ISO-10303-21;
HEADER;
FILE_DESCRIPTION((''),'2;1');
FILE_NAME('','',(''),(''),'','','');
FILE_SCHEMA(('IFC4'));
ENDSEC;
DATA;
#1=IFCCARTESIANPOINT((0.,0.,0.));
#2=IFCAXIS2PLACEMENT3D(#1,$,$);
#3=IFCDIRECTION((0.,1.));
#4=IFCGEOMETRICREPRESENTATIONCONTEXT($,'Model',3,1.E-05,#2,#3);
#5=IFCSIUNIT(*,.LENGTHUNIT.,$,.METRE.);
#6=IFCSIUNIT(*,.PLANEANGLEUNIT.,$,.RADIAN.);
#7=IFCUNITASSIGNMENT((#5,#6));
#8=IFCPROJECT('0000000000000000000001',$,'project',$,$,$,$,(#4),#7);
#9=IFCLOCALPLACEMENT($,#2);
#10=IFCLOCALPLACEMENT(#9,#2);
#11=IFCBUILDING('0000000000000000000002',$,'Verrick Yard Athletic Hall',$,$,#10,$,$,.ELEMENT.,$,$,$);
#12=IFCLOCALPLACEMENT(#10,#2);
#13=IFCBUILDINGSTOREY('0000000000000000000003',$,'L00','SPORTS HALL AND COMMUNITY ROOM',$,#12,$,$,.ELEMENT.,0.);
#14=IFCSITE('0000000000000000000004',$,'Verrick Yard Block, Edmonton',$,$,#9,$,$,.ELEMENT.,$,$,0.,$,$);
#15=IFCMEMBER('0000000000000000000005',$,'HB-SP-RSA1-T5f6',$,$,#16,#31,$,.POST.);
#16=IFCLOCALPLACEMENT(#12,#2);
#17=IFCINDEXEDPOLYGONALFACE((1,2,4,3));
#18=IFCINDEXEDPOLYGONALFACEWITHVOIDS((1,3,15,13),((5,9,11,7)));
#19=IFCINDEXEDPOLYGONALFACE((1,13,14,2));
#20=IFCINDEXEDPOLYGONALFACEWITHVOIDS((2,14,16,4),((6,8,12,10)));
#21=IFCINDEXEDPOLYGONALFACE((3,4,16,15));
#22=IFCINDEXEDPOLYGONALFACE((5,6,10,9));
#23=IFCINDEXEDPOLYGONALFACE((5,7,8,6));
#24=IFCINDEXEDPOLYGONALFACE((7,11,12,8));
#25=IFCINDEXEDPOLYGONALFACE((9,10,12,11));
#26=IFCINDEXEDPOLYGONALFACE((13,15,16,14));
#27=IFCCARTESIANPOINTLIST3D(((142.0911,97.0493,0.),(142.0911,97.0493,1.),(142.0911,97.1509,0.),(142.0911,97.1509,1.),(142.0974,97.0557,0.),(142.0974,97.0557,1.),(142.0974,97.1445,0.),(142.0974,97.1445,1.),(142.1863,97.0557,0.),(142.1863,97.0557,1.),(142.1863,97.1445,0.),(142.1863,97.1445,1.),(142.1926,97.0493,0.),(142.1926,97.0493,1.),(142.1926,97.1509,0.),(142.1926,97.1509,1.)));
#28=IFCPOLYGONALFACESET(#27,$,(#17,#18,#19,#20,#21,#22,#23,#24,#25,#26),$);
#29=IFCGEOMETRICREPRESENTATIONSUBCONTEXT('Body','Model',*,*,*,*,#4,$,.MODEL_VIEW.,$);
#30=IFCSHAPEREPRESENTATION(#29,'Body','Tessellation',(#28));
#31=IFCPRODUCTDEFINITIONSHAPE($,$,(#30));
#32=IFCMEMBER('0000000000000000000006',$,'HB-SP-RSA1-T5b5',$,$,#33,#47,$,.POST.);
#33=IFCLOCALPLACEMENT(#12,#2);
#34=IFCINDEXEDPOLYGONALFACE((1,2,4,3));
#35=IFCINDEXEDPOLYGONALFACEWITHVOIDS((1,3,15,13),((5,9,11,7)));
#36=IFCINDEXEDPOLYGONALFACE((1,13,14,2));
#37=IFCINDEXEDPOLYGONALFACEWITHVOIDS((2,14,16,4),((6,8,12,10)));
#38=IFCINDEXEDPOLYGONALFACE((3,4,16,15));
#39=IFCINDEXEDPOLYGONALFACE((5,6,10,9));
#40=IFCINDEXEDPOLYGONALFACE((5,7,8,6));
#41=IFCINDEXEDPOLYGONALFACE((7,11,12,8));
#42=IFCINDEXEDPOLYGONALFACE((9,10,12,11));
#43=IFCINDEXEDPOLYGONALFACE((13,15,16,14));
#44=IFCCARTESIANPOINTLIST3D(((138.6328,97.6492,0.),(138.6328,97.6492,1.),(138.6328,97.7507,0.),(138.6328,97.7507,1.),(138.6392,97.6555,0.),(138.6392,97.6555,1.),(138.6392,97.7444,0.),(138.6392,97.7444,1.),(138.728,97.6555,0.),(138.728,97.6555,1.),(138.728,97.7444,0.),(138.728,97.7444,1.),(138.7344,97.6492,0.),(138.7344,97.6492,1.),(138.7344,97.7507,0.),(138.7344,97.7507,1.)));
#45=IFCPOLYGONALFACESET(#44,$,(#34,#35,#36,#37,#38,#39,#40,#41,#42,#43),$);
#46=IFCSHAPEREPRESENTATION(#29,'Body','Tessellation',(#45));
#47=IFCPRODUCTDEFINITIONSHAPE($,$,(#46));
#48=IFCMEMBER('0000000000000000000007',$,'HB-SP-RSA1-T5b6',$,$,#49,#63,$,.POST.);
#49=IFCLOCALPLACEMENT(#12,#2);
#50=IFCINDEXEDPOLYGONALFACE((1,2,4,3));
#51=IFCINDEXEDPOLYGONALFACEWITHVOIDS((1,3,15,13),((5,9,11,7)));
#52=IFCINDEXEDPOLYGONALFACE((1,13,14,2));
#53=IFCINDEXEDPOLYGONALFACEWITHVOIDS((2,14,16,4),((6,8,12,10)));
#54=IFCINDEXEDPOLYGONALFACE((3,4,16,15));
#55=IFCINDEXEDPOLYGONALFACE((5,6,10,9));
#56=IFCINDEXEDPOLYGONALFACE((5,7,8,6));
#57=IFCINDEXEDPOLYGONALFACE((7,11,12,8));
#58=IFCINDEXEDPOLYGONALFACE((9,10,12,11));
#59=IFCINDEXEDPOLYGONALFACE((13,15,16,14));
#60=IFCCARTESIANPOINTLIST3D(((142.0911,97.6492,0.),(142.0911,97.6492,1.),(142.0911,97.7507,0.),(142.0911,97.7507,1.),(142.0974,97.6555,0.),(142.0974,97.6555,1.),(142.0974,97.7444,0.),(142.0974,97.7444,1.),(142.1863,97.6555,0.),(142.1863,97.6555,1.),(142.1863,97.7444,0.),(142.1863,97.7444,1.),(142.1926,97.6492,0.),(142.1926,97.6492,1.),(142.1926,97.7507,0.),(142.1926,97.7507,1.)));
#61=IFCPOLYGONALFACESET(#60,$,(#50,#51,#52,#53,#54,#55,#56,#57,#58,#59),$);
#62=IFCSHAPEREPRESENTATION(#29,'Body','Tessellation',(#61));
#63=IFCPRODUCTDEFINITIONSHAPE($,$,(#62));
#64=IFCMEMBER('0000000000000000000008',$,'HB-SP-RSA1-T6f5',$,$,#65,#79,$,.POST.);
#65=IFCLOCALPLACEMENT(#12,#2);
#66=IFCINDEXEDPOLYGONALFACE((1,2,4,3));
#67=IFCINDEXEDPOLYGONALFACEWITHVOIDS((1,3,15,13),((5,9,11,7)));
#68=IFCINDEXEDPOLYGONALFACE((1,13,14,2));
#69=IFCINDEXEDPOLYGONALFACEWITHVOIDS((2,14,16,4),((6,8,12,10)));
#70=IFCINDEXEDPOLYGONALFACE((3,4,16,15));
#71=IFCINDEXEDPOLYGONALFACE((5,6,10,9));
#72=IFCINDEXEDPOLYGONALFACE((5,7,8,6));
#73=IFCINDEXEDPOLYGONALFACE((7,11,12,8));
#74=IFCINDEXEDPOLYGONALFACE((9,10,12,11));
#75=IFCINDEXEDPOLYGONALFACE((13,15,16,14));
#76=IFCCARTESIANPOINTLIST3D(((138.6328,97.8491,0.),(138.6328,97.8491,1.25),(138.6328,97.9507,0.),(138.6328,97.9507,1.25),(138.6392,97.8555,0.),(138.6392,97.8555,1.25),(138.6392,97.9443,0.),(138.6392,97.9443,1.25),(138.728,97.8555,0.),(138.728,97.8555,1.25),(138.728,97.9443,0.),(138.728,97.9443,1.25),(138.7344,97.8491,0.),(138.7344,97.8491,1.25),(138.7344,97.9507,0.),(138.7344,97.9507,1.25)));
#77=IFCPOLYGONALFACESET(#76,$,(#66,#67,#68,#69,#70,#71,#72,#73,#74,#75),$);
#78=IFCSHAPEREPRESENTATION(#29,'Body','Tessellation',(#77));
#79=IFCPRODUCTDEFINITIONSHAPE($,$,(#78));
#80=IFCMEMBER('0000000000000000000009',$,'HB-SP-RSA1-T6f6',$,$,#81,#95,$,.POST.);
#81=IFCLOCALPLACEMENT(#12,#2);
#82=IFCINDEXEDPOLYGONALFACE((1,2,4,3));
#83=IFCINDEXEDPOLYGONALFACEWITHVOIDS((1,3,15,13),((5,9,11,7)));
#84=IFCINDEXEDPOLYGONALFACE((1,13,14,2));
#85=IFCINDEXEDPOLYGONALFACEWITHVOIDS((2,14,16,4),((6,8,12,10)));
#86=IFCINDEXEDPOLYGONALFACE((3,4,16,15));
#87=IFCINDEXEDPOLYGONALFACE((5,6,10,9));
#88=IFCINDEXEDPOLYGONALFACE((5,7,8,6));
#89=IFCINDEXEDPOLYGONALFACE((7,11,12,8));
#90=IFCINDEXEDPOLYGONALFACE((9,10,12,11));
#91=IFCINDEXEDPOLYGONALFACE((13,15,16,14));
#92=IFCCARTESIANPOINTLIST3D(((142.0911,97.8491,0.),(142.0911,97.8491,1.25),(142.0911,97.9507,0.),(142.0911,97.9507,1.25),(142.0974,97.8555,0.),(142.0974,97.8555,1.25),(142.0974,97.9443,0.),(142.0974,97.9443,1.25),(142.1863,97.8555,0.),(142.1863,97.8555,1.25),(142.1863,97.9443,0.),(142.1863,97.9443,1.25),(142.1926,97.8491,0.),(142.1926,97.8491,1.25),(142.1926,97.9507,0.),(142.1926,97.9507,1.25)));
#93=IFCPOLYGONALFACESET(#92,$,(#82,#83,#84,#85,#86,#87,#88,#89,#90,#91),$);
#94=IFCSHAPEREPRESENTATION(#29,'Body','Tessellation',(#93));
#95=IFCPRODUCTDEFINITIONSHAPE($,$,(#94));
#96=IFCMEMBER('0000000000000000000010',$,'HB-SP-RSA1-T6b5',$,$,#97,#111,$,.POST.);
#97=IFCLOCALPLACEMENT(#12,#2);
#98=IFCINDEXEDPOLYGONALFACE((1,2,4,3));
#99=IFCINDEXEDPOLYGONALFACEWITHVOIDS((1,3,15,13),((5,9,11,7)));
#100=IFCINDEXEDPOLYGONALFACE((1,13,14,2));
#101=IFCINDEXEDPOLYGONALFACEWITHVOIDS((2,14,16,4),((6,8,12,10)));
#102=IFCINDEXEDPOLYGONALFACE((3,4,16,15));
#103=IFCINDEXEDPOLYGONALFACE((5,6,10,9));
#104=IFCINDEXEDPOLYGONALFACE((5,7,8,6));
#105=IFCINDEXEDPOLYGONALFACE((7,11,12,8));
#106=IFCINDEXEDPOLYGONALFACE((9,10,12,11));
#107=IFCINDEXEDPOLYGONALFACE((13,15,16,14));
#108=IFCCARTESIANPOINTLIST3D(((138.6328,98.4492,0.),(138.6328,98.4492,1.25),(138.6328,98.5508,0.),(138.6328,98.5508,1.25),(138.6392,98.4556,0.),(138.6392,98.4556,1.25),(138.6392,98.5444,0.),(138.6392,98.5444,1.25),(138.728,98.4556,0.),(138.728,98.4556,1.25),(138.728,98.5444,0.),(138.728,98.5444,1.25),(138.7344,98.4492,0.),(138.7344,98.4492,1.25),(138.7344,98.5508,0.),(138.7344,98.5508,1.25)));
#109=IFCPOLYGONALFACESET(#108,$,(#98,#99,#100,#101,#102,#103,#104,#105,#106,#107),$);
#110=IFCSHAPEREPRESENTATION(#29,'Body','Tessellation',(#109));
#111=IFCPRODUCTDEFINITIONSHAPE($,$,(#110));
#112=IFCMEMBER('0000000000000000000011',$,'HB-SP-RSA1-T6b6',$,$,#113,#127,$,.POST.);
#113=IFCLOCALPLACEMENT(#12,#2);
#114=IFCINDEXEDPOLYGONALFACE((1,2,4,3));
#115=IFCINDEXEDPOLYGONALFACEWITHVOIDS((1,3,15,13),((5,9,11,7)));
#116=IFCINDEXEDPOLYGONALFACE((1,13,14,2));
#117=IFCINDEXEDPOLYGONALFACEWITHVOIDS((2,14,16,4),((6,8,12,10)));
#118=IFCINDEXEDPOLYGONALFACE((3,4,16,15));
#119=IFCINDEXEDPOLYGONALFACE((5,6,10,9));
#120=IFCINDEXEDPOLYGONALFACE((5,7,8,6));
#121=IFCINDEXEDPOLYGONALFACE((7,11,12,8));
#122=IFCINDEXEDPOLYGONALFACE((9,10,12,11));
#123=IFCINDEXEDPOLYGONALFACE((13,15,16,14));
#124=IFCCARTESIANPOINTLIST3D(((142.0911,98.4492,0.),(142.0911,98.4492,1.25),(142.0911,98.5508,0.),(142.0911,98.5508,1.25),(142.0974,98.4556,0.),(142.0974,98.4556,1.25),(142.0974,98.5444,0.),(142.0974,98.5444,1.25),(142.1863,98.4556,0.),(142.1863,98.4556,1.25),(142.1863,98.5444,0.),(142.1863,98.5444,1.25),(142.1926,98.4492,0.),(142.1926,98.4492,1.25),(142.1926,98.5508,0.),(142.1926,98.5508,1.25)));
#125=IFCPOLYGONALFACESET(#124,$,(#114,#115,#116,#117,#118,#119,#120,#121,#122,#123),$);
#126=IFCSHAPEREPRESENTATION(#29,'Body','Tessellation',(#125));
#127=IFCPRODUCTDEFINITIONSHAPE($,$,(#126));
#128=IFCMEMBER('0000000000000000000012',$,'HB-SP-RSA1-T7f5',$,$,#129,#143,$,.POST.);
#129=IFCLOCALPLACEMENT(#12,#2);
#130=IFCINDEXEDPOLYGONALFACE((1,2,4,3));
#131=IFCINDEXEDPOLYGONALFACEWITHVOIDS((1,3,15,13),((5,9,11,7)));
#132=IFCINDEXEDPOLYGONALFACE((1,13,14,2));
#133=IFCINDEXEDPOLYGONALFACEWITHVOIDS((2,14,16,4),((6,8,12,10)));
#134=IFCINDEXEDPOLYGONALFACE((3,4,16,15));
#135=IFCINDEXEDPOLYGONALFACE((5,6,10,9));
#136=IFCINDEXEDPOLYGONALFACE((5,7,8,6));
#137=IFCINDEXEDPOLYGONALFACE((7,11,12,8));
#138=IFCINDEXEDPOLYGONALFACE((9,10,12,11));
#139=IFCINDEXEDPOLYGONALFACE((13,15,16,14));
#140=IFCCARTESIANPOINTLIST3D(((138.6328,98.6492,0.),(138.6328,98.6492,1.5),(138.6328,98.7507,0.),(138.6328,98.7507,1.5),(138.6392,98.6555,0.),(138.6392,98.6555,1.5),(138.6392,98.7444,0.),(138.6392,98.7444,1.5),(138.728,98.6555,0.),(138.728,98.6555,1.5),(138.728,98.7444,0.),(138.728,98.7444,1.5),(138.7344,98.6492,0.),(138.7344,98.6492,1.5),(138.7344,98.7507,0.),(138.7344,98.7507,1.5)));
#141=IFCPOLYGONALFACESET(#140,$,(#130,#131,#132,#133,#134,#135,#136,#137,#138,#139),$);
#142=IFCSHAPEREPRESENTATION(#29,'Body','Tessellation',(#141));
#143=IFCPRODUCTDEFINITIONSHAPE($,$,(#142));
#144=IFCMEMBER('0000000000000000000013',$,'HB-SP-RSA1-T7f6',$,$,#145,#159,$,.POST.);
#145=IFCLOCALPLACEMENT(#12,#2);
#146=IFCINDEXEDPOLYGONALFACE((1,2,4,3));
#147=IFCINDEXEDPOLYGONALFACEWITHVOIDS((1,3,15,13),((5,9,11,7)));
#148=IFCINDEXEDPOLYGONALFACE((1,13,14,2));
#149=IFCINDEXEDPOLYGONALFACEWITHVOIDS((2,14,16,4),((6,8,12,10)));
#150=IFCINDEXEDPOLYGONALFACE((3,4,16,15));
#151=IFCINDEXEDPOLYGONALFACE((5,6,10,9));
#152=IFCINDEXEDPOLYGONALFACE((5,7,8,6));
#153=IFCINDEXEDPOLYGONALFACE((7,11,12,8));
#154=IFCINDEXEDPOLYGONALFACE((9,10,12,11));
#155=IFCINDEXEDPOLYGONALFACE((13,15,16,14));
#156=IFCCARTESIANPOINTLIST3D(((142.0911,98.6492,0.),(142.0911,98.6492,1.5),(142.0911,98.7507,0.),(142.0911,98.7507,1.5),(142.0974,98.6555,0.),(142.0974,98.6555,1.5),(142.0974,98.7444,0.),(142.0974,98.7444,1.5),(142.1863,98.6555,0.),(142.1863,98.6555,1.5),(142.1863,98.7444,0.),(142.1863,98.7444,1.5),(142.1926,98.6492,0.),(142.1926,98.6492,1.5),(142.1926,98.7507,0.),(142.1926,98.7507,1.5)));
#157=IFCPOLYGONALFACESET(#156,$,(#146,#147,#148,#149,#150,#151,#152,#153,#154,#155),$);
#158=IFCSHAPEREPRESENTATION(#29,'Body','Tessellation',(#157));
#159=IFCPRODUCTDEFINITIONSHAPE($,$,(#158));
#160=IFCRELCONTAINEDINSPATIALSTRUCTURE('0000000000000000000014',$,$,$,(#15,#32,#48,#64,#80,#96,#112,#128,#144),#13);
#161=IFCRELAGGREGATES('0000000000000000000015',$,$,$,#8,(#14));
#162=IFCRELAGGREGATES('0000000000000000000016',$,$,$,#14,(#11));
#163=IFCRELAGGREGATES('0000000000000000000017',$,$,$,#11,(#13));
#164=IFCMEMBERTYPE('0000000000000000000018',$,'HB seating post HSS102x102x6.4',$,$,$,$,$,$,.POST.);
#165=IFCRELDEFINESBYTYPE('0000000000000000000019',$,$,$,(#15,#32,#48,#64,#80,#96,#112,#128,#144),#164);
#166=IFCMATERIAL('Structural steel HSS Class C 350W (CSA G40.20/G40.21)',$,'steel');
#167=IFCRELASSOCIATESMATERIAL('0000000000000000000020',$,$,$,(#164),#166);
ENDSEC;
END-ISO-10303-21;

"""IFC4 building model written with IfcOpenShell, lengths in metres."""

from ifc_helpers import new_model, si_unit, direction, frame, origin, origin_2d, place, context, subcontext, project, spatial, hollow_rectangle, extrude, material, material_profile, profile_set, type_object, element, save


model = new_model("IFC4")

# Units and contexts
model_context = context("Model", 3, precision=1e-05, world=origin(), true_north=direction((0.0, 1.0)))
body_context = subcontext(model_context, "Body", "Model", "MODEL_VIEW")
ifc_project = project(units=[si_unit("LENGTHUNIT", "METRE"), si_unit("PLANEANGLEUNIT", "RADIAN")], contexts=[model_context])

# Site, building, storey
site_placement = place(None, origin())
site = spatial("IfcSite", under=ifc_project, at=site_placement, Name="Verrick Yard Block, Edmonton", CompositionType="ELEMENT", RefElevation=0.0)
building_placement = place(site_placement, origin())
building = spatial("IfcBuilding", under=site, at=building_placement, Name="Verrick Yard Athletic Hall", CompositionType="ELEMENT")
storey_placement = place(building_placement, origin())
storey = spatial("IfcBuildingStorey", under=building, at=storey_placement, Name="L00", Description="SPORTS HALL AND COMMUNITY ROOM", CompositionType="ELEMENT", Elevation=0.0)

# Members
ifc_material = material(Name="Structural steel HSS Class C 350W (CSA G40.20/G40.21)", Category="steel")
ifc_material_profile = material_profile(ifc_material, hollow_rectangle(XDim=0.1016, YDim=0.1016, WallThickness=0.0063, at=origin_2d()), Name="HSS102x102x6.4")
ifc_profile_set = profile_set([ifc_material_profile], Name="Structural steel HSS Class C 350W (CSA G40.20/G40.21)")
member_type = type_object("IfcMemberType", Name="HB seating post HSS102x102x6.4", PredefinedType="POST", material=ifc_profile_set)
for number, where, z_axis, x_axis, name in (
    (1, (142.1418, 97.1001, 0.0), (0.0, 0.0, 1.0), (0.0, 1.0, 0.0), "HB-SP-RSA1-T5f6"),
    (2, (138.6836, 97.7, 0.0), (0.0, 0.0, 1.0), (0.0, 1.0, 0.0), "HB-SP-RSA1-T5b5"),
    (3, (142.1418, 97.7, 0.0), (0.0, 0.0, 1.0), (0.0, 1.0, 0.0), "HB-SP-RSA1-T5b6"),
):
    element("IfcMember", number, at=place(storey_placement, frame(where, z_axis=z_axis, x_axis=x_axis)), inside=storey, type_object=member_type, Name=name, PredefinedType="POST", context=body_context, shape_type="SweptSolid", body=[
        extrude(hollow_rectangle(XDim=0.1016, YDim=0.1016, WallThickness=0.0063, at=origin_2d()), origin(), (0.0, 0.0, 1.0), 1.0),
    ])
for number, where, z_axis, x_axis, name in (
    (4, (138.6836, 97.8999, 0.0), (0.0, 0.0, 1.0), (0.0, 1.0, 0.0), "HB-SP-RSA1-T6f5"),
    (5, (142.1418, 97.8999, 0.0), (0.0, 0.0, 1.0), (0.0, 1.0, 0.0), "HB-SP-RSA1-T6f6"),
    (6, (138.6836, 98.5, 0.0), (0.0, 0.0, 1.0), (0.0, 1.0, 0.0), "HB-SP-RSA1-T6b5"),
    (7, (142.1418, 98.5, 0.0), (0.0, 0.0, 1.0), (0.0, 1.0, 0.0), "HB-SP-RSA1-T6b6"),
):
    element("IfcMember", number, at=place(storey_placement, frame(where, z_axis=z_axis, x_axis=x_axis)), inside=storey, type_object=member_type, Name=name, PredefinedType="POST", context=body_context, shape_type="SweptSolid", body=[
        extrude(hollow_rectangle(XDim=0.1016, YDim=0.1016, WallThickness=0.0063, at=origin_2d()), origin(), (0.0, 0.0, 1.0), 1.25),
    ])
for number, where, z_axis, x_axis, name in (
    (8, (138.6836, 98.7, 0.0), (0.0, 0.0, 1.0), (0.0, 1.0, 0.0), "HB-SP-RSA1-T7f5"),
    (9, (142.1418, 98.7, 0.0), (0.0, 0.0, 1.0), (0.0, 1.0, 0.0), "HB-SP-RSA1-T7f6"),
):
    element("IfcMember", number, at=place(storey_placement, frame(where, z_axis=z_axis, x_axis=x_axis)), inside=storey, type_object=member_type, Name=name, PredefinedType="POST", context=body_context, shape_type="SweptSolid", body=[
        extrude(hollow_rectangle(XDim=0.1016, YDim=0.1016, WallThickness=0.0063, at=origin_2d()), origin(), (0.0, 0.0, 1.0), 1.5),
    ])

save(model, "model.ifc")
